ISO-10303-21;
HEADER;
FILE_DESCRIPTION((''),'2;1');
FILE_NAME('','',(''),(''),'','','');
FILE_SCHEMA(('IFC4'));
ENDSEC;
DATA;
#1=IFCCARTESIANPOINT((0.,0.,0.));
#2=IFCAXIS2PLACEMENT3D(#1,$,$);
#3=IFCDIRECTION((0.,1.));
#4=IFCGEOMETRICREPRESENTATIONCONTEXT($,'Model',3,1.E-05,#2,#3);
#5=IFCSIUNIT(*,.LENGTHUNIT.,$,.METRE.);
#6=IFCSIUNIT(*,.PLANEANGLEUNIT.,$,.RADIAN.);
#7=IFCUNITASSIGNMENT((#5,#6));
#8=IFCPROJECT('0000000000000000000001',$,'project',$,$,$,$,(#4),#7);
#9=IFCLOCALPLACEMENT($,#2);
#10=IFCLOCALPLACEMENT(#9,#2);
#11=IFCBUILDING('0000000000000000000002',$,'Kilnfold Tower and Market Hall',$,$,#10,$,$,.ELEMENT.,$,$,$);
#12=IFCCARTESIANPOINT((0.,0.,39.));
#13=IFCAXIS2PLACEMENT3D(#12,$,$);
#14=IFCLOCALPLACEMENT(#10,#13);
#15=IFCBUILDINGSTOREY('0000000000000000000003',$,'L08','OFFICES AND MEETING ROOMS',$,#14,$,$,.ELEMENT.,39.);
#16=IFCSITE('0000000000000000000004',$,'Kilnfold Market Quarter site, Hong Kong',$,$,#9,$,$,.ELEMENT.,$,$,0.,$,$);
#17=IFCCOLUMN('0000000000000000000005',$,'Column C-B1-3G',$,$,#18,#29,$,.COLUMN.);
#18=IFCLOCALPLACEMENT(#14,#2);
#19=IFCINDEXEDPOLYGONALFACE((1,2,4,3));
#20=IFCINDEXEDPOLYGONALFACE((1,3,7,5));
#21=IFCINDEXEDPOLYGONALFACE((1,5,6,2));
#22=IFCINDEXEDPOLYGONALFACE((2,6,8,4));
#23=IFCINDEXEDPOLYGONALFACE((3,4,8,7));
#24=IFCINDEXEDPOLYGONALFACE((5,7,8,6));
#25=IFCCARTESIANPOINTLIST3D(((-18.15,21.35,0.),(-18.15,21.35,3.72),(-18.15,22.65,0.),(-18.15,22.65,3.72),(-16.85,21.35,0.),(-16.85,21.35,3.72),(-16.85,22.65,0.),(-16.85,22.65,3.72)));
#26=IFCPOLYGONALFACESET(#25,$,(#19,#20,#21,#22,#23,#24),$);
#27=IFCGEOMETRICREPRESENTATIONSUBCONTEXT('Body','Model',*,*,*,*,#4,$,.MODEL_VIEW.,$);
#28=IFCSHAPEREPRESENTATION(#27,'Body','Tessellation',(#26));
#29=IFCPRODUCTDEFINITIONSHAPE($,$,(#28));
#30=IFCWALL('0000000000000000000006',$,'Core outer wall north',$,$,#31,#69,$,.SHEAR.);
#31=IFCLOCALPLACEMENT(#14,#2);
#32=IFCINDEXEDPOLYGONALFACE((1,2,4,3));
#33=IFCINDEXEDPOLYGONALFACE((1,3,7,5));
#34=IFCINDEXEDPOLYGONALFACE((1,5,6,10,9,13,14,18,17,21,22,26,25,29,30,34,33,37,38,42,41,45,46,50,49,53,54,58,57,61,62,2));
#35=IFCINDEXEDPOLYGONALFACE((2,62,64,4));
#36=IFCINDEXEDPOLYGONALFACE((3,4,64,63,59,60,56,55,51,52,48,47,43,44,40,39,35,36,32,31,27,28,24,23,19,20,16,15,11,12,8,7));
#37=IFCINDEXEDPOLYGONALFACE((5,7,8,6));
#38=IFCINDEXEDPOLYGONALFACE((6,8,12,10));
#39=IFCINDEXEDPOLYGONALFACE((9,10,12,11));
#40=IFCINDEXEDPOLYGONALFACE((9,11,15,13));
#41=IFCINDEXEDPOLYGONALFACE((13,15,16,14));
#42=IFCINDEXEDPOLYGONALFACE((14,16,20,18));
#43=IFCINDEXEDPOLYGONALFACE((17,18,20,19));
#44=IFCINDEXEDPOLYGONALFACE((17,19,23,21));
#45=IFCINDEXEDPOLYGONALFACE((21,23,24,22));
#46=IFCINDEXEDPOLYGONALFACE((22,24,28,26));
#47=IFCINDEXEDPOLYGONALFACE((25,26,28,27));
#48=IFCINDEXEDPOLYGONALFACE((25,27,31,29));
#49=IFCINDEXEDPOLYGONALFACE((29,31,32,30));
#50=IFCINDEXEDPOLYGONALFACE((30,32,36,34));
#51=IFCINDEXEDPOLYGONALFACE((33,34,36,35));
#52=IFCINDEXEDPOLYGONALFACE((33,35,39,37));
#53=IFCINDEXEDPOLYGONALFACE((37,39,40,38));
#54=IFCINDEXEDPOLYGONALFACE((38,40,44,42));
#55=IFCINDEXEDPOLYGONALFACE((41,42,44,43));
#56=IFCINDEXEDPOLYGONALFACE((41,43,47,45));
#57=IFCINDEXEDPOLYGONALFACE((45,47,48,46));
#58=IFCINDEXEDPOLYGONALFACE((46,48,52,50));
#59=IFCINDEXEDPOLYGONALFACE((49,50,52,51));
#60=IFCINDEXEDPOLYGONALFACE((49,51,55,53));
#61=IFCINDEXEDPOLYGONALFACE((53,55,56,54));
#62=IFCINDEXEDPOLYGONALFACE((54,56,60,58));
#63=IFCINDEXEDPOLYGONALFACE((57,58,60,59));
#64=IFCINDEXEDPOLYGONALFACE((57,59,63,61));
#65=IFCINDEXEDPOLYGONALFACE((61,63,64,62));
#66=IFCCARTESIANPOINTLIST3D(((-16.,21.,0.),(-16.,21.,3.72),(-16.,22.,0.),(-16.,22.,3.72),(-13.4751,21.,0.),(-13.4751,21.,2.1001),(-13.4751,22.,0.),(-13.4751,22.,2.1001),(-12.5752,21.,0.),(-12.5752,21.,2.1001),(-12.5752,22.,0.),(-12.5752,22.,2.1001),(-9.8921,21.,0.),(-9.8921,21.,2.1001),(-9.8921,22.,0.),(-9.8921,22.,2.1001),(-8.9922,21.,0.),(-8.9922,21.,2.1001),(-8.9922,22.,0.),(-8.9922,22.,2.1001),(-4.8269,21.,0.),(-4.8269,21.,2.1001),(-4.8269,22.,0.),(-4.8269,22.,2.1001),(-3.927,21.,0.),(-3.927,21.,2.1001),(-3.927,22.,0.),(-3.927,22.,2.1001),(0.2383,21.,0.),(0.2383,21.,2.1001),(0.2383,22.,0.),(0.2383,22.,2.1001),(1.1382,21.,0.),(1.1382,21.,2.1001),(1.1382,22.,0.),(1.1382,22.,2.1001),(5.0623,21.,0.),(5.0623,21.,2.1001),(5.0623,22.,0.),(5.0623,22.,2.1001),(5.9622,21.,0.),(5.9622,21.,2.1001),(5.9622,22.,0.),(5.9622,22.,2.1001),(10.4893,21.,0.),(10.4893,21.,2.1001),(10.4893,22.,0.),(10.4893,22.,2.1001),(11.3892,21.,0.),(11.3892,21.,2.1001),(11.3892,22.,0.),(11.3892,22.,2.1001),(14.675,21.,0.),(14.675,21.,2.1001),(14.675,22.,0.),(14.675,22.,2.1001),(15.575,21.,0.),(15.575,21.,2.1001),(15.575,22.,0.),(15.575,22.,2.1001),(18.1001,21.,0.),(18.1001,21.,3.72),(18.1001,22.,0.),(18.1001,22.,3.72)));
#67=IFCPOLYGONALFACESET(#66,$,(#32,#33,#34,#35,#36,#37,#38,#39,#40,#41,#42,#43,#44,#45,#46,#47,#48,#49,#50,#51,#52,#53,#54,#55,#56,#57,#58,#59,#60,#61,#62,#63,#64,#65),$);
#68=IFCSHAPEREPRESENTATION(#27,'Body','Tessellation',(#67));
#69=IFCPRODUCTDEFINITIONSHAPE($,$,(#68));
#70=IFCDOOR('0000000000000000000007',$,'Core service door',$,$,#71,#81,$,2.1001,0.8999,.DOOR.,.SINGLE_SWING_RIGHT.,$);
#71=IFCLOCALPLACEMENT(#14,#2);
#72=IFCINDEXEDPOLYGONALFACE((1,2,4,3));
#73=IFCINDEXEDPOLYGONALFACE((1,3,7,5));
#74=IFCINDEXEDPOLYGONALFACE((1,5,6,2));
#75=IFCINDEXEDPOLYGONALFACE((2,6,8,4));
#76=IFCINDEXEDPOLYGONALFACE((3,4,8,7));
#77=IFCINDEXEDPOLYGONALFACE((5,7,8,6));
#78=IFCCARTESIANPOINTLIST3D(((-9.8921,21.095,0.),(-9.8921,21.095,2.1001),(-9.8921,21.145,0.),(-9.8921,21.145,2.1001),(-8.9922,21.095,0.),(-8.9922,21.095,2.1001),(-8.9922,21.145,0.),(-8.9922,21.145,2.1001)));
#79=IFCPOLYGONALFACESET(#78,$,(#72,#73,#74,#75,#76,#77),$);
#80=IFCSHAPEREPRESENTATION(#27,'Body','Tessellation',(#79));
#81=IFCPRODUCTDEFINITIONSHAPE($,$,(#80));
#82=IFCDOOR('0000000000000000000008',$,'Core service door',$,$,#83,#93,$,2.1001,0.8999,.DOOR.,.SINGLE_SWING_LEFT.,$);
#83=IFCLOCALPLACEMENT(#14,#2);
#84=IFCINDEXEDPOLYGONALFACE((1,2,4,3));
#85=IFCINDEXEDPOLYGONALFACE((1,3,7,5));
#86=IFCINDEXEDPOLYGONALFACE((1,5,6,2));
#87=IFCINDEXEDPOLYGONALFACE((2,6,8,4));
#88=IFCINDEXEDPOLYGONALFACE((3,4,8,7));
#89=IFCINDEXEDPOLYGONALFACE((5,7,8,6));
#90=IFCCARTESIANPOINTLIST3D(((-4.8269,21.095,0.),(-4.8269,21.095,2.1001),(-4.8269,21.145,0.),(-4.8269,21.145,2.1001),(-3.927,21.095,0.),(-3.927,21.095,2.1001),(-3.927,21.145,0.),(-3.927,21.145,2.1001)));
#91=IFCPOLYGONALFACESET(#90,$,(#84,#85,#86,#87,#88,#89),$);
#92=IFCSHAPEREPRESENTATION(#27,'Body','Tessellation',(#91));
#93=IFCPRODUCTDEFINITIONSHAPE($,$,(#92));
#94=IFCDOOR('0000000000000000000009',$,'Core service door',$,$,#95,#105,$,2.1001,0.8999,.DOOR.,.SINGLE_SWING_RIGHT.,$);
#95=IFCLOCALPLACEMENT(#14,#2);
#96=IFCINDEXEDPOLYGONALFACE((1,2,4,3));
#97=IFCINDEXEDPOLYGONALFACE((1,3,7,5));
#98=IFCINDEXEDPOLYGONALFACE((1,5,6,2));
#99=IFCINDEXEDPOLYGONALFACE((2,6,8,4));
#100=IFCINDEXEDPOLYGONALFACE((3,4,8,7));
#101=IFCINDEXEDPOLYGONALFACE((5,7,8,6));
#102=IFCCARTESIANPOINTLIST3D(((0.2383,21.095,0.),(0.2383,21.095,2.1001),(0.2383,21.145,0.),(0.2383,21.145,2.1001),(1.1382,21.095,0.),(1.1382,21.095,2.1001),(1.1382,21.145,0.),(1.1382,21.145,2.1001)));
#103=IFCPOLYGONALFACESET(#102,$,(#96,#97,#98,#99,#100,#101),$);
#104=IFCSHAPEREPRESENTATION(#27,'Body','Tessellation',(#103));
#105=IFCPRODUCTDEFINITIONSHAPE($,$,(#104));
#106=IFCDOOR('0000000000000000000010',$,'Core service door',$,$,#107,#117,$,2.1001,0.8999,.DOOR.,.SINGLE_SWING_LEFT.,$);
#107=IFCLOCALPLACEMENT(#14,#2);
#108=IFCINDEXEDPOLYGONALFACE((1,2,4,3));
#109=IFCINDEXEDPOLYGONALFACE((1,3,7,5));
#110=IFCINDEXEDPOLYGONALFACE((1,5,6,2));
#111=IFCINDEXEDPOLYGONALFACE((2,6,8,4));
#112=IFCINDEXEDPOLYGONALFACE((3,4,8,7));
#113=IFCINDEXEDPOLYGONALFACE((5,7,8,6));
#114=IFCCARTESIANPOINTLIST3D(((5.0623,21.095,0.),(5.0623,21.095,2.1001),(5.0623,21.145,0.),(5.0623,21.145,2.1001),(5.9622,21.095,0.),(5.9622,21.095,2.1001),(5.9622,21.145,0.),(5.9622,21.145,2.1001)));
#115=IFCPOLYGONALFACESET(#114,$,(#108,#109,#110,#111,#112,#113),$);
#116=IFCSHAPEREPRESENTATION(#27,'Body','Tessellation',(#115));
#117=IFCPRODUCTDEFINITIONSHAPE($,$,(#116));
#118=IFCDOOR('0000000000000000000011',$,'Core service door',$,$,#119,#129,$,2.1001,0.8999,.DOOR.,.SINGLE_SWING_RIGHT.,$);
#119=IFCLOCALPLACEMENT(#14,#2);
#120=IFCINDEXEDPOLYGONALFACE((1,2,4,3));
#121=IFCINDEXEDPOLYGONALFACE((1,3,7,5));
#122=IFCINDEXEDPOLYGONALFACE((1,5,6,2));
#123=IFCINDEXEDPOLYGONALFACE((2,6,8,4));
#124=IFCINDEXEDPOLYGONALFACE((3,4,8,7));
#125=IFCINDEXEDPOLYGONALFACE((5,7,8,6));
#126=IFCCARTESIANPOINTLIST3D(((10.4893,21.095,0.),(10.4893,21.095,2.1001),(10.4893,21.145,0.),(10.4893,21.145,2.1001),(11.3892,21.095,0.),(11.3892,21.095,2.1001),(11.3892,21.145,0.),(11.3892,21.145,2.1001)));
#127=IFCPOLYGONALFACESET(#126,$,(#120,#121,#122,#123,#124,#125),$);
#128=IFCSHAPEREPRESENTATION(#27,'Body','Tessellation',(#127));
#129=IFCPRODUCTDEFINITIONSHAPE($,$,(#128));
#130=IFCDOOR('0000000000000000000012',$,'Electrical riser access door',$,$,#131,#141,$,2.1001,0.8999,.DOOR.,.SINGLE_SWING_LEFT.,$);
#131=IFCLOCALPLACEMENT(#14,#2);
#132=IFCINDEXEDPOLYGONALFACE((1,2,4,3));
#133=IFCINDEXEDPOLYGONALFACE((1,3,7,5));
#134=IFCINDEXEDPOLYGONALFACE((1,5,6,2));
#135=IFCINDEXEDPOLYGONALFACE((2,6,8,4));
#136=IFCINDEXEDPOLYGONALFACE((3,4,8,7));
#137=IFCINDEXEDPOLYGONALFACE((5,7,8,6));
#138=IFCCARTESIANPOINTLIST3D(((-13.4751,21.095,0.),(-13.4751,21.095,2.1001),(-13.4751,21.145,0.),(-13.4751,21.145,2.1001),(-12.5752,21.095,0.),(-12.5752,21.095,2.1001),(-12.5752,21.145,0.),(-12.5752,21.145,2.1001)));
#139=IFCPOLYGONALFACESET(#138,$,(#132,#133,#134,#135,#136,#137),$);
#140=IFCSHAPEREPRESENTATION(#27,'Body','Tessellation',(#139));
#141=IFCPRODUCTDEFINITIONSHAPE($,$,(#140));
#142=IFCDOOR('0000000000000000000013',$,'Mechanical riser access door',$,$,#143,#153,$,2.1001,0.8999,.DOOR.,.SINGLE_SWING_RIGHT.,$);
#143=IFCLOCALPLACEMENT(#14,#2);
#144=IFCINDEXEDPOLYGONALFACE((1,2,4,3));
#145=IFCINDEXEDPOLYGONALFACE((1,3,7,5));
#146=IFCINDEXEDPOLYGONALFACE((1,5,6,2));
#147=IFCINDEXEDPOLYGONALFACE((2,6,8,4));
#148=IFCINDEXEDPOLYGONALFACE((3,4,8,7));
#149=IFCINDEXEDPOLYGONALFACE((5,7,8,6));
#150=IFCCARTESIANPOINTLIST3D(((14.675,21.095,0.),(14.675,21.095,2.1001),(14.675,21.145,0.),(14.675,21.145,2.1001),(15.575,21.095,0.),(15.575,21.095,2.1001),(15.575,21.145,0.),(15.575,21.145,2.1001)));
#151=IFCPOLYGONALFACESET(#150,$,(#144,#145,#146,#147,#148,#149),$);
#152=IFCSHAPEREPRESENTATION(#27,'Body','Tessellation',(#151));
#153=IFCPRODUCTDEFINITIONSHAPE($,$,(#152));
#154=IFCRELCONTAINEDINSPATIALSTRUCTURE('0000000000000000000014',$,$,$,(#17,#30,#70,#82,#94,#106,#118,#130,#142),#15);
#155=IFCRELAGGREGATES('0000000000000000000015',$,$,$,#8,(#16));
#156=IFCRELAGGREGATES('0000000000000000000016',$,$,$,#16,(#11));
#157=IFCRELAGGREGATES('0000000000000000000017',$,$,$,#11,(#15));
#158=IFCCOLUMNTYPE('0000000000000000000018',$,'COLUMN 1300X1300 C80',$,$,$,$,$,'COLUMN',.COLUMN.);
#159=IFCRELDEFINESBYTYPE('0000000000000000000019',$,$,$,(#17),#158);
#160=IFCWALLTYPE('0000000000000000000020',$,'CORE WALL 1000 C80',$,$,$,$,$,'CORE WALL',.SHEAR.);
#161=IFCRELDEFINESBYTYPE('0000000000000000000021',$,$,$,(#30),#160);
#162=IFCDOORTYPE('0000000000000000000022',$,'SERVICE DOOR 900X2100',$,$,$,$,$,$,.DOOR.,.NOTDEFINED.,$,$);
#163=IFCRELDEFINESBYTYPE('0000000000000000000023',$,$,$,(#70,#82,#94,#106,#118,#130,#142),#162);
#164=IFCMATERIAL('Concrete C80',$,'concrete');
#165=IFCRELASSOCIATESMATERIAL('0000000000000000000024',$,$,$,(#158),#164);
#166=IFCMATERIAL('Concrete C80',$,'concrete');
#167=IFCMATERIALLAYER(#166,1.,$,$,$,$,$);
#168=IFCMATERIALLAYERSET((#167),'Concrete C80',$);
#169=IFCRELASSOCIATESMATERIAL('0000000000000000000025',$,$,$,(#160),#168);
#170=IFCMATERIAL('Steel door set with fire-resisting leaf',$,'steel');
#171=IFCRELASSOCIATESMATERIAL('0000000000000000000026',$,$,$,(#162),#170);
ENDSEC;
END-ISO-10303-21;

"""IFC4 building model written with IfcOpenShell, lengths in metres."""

from ifc_helpers import new_model, si_unit, direction, frame, frame_2d, origin, origin_2d, place, context, subcontext, project, spatial, rectangle, extrude, source, transform, mapped, material, layer, layer_set, material_profile, profile_set, type_object, element, fill, save


model = new_model("IFC4")

# Units and contexts
model_context = context("Model", 3, precision=1e-05, world=origin(), true_north=direction((0.0, 1.0)))
body_context = subcontext(model_context, "Body", "Model", "MODEL_VIEW")
ifc_project = project(units=[si_unit("LENGTHUNIT", "METRE"), si_unit("PLANEANGLEUNIT", "RADIAN")], contexts=[model_context])

# Site, building, storey
site_placement = place(None, origin())
site = spatial("IfcSite", under=ifc_project, at=site_placement, Name="Kilnfold Market Quarter site, Hong Kong", CompositionType="ELEMENT", RefElevation=0.0)
building_placement = place(site_placement, origin())
building = spatial("IfcBuilding", under=site, at=building_placement, Name="Kilnfold Tower and Market Hall", CompositionType="ELEMENT")
storey_placement = place(building_placement, frame((0.0, 0.0, 39.0)))
storey = spatial("IfcBuildingStorey", under=building, at=storey_placement, Name="L08", Description="OFFICES AND MEETING ROOMS", CompositionType="ELEMENT", Elevation=39.0)

# Column
ifc_material_1 = material(Name="Concrete C80", Category="concrete")
ifc_material_profile = material_profile(ifc_material_1, rectangle(XDim=1.3, YDim=1.3, at=origin_2d()), Name="RC 1300x1300")
ifc_profile_set = profile_set([ifc_material_profile], Name="Concrete C80")
column_type = type_object("IfcColumnType", Name="COLUMN 1300X1300 C80", ElementType="COLUMN", PredefinedType="COLUMN", material=ifc_profile_set)
shared_shape_1 = source(origin(), body_context, "Body", "SweptSolid", [
    extrude(rectangle(XDim=1.3, YDim=1.3, at=origin_2d()), origin(), (0.0, 0.0, 1.0), 3.72),
])
column_placement = place(storey_placement, frame((-17.5, 22.0, 0.0), z_axis=(0.0, 0.0, 1.0), x_axis=(1.0, 0.0, 0.0)))
element("IfcColumn", 1, at=column_placement, inside=storey, type_object=column_type, Name="Column C-B1-3G", PredefinedType="COLUMN", context=body_context, shape_type="MappedRepresentation", body=[
    mapped(shared_shape_1, transform((0.0, 0.0, 0.0))),
])

# Wall, openings, doors
ifc_material_2 = material(Name="Concrete C80", Category="concrete")
ifc_layer_1 = layer(ifc_material_2, 1.0)
ifc_layer_set_1 = layer_set([ifc_layer_1], Name="Concrete C80")
wall_type_1 = type_object("IfcWallType", Name="CORE WALL 1000 C80", ElementType="CORE WALL", PredefinedType="SHEAR", material=ifc_layer_set_1)
shared_shape_2 = source(origin(), body_context, "Body", "SweptSolid", [
    extrude(rectangle(XDim=34.1001, YDim=1.0, at=frame_2d((17.05, 0.0))), origin(), (0.0, 0.0, 1.0), 3.72),
])
wall_1_placement = place(storey_placement, frame((-16.0, 21.5, 0.0), z_axis=(0.0, 0.0, 1.0), x_axis=(1.0, 0.0, 0.0)))
wall_1 = element("IfcWall", 2, at=wall_1_placement, inside=storey, type_object=wall_type_1, Name="Core outer wall north", PredefinedType="SHEAR", context=body_context, shape_type="MappedRepresentation", body=[
    mapped(shared_shape_2, transform((0.0, 0.0, 0.0))),
])
opening_1_placement = place(wall_1_placement, frame((6.1079, 0.0, 0.0)))
opening_1 = element("IfcOpeningElement", 3, at=opening_1_placement, cuts=wall_1, PredefinedType="OPENING", context=body_context, shape_type="SweptSolid", body=[
    extrude(rectangle(XDim=0.8999, YDim=2.1001, at=frame_2d((0.45, 1.05))), frame((0.0, 0.51, 0.0), z_axis=(0.0, -1.0, 0.0), x_axis=(1.0, 0.0, 0.0)), (0.0, 0.0, 1.0), 1.02),
])
opening_2_placement = place(wall_1_placement, frame((11.1731, 0.0, 0.0)))
opening_2 = element("IfcOpeningElement", 4, at=opening_2_placement, cuts=wall_1, PredefinedType="OPENING", context=body_context, shape_type="SweptSolid", body=[
    extrude(rectangle(XDim=0.8999, YDim=2.1001, at=frame_2d((0.45, 1.05))), frame((0.0, 0.51, 0.0), z_axis=(0.0, -1.0, 0.0), x_axis=(1.0, 0.0, 0.0)), (0.0, 0.0, 1.0), 1.02),
])
opening_3_placement = place(wall_1_placement, frame((16.2383, 0.0, 0.0)))
opening_3 = element("IfcOpeningElement", 5, at=opening_3_placement, cuts=wall_1, PredefinedType="OPENING", context=body_context, shape_type="SweptSolid", body=[
    extrude(rectangle(XDim=0.8999, YDim=2.1001, at=frame_2d((0.45, 1.05))), frame((0.0, 0.51, 0.0), z_axis=(0.0, -1.0, 0.0), x_axis=(1.0, 0.0, 0.0)), (0.0, 0.0, 1.0), 1.02),
])
opening_4_placement = place(wall_1_placement, frame((21.0623, 0.0, 0.0)))
opening_4 = element("IfcOpeningElement", 6, at=opening_4_placement, cuts=wall_1, PredefinedType="OPENING", context=body_context, shape_type="SweptSolid", body=[
    extrude(rectangle(XDim=0.8999, YDim=2.1001, at=frame_2d((0.45, 1.05))), frame((0.0, 0.51, 0.0), z_axis=(0.0, -1.0, 0.0), x_axis=(1.0, 0.0, 0.0)), (0.0, 0.0, 1.0), 1.02),
])
opening_5_placement = place(wall_1_placement, frame((26.4893, 0.0, 0.0)))
opening_5 = element("IfcOpeningElement", 7, at=opening_5_placement, cuts=wall_1, PredefinedType="OPENING", context=body_context, shape_type="SweptSolid", body=[
    extrude(rectangle(XDim=0.8999, YDim=2.1001, at=frame_2d((0.45, 1.05))), frame((0.0, 0.51, 0.0), z_axis=(0.0, -1.0, 0.0), x_axis=(1.0, 0.0, 0.0)), (0.0, 0.0, 1.0), 1.02),
])
opening_6_placement = place(wall_1_placement, frame((2.5249, 0.0, 0.0)))
opening_6 = element("IfcOpeningElement", 8, at=opening_6_placement, cuts=wall_1, PredefinedType="OPENING", context=body_context, shape_type="SweptSolid", body=[
    extrude(rectangle(XDim=0.8999, YDim=2.1001, at=frame_2d((0.45, 1.05))), frame((0.0, 0.51, 0.0), z_axis=(0.0, -1.0, 0.0), x_axis=(1.0, 0.0, 0.0)), (0.0, 0.0, 1.0), 1.02),
])
opening_7_placement = place(wall_1_placement, frame((30.675, 0.0, 0.0)))
opening_7 = element("IfcOpeningElement", 9, at=opening_7_placement, cuts=wall_1, PredefinedType="OPENING", context=body_context, shape_type="SweptSolid", body=[
    extrude(rectangle(XDim=0.8999, YDim=2.1001, at=frame_2d((0.45, 1.05))), frame((0.0, 0.51, 0.0), z_axis=(0.0, -1.0, 0.0), x_axis=(1.0, 0.0, 0.0)), (0.0, 0.0, 1.0), 1.02),
])
ifc_material_3 = material(Name="Steel door set with fire-resisting leaf", Category="steel")
door_type_1 = type_object("IfcDoorType", Name="SERVICE DOOR 900X2100", OperationType="NOTDEFINED", PredefinedType="DOOR", material=ifc_material_3)
door_1_placement = place(opening_1_placement, origin())
door_1 = element("IfcDoor", 10, at=door_1_placement, inside=storey, type_object=door_type_1, Name="Core service door", OperationType="SINGLE_SWING_RIGHT", OverallHeight=2.1001, OverallWidth=0.8999, PredefinedType="DOOR", context=body_context, shape_type="SweptSolid", body=[
    extrude(rectangle(XDim=0.8999, YDim=2.1001, at=frame_2d((0.45, 1.05))), frame((0.0, -0.355, 0.0), z_axis=(0.0, -1.0, 0.0), x_axis=(1.0, 0.0, 0.0)), (0.0, 0.0, 1.0), 0.05),
])
fill(opening_1, door_1)
door_2_placement = place(opening_2_placement, origin())
door_2 = element("IfcDoor", 11, at=door_2_placement, inside=storey, type_object=door_type_1, Name="Core service door", OperationType="SINGLE_SWING_LEFT", OverallHeight=2.1001, OverallWidth=0.8999, PredefinedType="DOOR", context=body_context, shape_type="SweptSolid", body=[
    extrude(rectangle(XDim=0.8999, YDim=2.1001, at=frame_2d((0.45, 1.05))), frame((0.0, -0.355, 0.0), z_axis=(0.0, -1.0, 0.0), x_axis=(1.0, 0.0, 0.0)), (0.0, 0.0, 1.0), 0.05),
])
fill(opening_2, door_2)
door_3_placement = place(opening_3_placement, origin())
door_3 = element("IfcDoor", 12, at=door_3_placement, inside=storey, type_object=door_type_1, Name="Core service door", OperationType="SINGLE_SWING_RIGHT", OverallHeight=2.1001, OverallWidth=0.8999, PredefinedType="DOOR", context=body_context, shape_type="SweptSolid", body=[
    extrude(rectangle(XDim=0.8999, YDim=2.1001, at=frame_2d((0.45, 1.05))), frame((0.0, -0.355, 0.0), z_axis=(0.0, -1.0, 0.0), x_axis=(1.0, 0.0, 0.0)), (0.0, 0.0, 1.0), 0.05),
])
fill(opening_3, door_3)
door_4_placement = place(opening_4_placement, origin())
door_4 = element("IfcDoor", 13, at=door_4_placement, inside=storey, type_object=door_type_1, Name="Core service door", OperationType="SINGLE_SWING_LEFT", OverallHeight=2.1001, OverallWidth=0.8999, PredefinedType="DOOR", context=body_context, shape_type="SweptSolid", body=[
    extrude(rectangle(XDim=0.8999, YDim=2.1001, at=frame_2d((0.45, 1.05))), frame((0.0, -0.355, 0.0), z_axis=(0.0, -1.0, 0.0), x_axis=(1.0, 0.0, 0.0)), (0.0, 0.0, 1.0), 0.05),
])
fill(opening_4, door_4)
door_5_placement = place(opening_5_placement, origin())
door_5 = element("IfcDoor", 14, at=door_5_placement, inside=storey, type_object=door_type_1, Name="Core service door", OperationType="SINGLE_SWING_RIGHT", OverallHeight=2.1001, OverallWidth=0.8999, PredefinedType="DOOR", context=body_context, shape_type="SweptSolid", body=[
    extrude(rectangle(XDim=0.8999, YDim=2.1001, at=frame_2d((0.45, 1.05))), frame((0.0, -0.355, 0.0), z_axis=(0.0, -1.0, 0.0), x_axis=(1.0, 0.0, 0.0)), (0.0, 0.0, 1.0), 0.05),
])
fill(opening_5, door_5)
door_6_placement = place(opening_6_placement, origin())
door_6 = element("IfcDoor", 15, at=door_6_placement, inside=storey, type_object=door_type_1, Name="Electrical riser access door", OperationType="SINGLE_SWING_LEFT", OverallHeight=2.1001, OverallWidth=0.8999, PredefinedType="DOOR", context=body_context, shape_type="SweptSolid", body=[
    extrude(rectangle(XDim=0.8999, YDim=2.1001, at=frame_2d((0.45, 1.05))), frame((0.0, -0.355, 0.0), z_axis=(0.0, -1.0, 0.0), x_axis=(1.0, 0.0, 0.0)), (0.0, 0.0, 1.0), 0.05),
])
fill(opening_6, door_6)
door_7_placement = place(opening_7_placement, origin())
door_7 = element("IfcDoor", 16, at=door_7_placement, inside=storey, type_object=door_type_1, Name="Mechanical riser access door", OperationType="SINGLE_SWING_RIGHT", OverallHeight=2.1001, OverallWidth=0.8999, PredefinedType="DOOR", context=body_context, shape_type="SweptSolid", body=[
    extrude(rectangle(XDim=0.8999, YDim=2.1001, at=frame_2d((0.45, 1.05))), frame((0.0, -0.355, 0.0), z_axis=(0.0, -1.0, 0.0), x_axis=(1.0, 0.0, 0.0)), (0.0, 0.0, 1.0), 0.05),
])
fill(opening_7, door_7)

save(model, "model.ifc")
